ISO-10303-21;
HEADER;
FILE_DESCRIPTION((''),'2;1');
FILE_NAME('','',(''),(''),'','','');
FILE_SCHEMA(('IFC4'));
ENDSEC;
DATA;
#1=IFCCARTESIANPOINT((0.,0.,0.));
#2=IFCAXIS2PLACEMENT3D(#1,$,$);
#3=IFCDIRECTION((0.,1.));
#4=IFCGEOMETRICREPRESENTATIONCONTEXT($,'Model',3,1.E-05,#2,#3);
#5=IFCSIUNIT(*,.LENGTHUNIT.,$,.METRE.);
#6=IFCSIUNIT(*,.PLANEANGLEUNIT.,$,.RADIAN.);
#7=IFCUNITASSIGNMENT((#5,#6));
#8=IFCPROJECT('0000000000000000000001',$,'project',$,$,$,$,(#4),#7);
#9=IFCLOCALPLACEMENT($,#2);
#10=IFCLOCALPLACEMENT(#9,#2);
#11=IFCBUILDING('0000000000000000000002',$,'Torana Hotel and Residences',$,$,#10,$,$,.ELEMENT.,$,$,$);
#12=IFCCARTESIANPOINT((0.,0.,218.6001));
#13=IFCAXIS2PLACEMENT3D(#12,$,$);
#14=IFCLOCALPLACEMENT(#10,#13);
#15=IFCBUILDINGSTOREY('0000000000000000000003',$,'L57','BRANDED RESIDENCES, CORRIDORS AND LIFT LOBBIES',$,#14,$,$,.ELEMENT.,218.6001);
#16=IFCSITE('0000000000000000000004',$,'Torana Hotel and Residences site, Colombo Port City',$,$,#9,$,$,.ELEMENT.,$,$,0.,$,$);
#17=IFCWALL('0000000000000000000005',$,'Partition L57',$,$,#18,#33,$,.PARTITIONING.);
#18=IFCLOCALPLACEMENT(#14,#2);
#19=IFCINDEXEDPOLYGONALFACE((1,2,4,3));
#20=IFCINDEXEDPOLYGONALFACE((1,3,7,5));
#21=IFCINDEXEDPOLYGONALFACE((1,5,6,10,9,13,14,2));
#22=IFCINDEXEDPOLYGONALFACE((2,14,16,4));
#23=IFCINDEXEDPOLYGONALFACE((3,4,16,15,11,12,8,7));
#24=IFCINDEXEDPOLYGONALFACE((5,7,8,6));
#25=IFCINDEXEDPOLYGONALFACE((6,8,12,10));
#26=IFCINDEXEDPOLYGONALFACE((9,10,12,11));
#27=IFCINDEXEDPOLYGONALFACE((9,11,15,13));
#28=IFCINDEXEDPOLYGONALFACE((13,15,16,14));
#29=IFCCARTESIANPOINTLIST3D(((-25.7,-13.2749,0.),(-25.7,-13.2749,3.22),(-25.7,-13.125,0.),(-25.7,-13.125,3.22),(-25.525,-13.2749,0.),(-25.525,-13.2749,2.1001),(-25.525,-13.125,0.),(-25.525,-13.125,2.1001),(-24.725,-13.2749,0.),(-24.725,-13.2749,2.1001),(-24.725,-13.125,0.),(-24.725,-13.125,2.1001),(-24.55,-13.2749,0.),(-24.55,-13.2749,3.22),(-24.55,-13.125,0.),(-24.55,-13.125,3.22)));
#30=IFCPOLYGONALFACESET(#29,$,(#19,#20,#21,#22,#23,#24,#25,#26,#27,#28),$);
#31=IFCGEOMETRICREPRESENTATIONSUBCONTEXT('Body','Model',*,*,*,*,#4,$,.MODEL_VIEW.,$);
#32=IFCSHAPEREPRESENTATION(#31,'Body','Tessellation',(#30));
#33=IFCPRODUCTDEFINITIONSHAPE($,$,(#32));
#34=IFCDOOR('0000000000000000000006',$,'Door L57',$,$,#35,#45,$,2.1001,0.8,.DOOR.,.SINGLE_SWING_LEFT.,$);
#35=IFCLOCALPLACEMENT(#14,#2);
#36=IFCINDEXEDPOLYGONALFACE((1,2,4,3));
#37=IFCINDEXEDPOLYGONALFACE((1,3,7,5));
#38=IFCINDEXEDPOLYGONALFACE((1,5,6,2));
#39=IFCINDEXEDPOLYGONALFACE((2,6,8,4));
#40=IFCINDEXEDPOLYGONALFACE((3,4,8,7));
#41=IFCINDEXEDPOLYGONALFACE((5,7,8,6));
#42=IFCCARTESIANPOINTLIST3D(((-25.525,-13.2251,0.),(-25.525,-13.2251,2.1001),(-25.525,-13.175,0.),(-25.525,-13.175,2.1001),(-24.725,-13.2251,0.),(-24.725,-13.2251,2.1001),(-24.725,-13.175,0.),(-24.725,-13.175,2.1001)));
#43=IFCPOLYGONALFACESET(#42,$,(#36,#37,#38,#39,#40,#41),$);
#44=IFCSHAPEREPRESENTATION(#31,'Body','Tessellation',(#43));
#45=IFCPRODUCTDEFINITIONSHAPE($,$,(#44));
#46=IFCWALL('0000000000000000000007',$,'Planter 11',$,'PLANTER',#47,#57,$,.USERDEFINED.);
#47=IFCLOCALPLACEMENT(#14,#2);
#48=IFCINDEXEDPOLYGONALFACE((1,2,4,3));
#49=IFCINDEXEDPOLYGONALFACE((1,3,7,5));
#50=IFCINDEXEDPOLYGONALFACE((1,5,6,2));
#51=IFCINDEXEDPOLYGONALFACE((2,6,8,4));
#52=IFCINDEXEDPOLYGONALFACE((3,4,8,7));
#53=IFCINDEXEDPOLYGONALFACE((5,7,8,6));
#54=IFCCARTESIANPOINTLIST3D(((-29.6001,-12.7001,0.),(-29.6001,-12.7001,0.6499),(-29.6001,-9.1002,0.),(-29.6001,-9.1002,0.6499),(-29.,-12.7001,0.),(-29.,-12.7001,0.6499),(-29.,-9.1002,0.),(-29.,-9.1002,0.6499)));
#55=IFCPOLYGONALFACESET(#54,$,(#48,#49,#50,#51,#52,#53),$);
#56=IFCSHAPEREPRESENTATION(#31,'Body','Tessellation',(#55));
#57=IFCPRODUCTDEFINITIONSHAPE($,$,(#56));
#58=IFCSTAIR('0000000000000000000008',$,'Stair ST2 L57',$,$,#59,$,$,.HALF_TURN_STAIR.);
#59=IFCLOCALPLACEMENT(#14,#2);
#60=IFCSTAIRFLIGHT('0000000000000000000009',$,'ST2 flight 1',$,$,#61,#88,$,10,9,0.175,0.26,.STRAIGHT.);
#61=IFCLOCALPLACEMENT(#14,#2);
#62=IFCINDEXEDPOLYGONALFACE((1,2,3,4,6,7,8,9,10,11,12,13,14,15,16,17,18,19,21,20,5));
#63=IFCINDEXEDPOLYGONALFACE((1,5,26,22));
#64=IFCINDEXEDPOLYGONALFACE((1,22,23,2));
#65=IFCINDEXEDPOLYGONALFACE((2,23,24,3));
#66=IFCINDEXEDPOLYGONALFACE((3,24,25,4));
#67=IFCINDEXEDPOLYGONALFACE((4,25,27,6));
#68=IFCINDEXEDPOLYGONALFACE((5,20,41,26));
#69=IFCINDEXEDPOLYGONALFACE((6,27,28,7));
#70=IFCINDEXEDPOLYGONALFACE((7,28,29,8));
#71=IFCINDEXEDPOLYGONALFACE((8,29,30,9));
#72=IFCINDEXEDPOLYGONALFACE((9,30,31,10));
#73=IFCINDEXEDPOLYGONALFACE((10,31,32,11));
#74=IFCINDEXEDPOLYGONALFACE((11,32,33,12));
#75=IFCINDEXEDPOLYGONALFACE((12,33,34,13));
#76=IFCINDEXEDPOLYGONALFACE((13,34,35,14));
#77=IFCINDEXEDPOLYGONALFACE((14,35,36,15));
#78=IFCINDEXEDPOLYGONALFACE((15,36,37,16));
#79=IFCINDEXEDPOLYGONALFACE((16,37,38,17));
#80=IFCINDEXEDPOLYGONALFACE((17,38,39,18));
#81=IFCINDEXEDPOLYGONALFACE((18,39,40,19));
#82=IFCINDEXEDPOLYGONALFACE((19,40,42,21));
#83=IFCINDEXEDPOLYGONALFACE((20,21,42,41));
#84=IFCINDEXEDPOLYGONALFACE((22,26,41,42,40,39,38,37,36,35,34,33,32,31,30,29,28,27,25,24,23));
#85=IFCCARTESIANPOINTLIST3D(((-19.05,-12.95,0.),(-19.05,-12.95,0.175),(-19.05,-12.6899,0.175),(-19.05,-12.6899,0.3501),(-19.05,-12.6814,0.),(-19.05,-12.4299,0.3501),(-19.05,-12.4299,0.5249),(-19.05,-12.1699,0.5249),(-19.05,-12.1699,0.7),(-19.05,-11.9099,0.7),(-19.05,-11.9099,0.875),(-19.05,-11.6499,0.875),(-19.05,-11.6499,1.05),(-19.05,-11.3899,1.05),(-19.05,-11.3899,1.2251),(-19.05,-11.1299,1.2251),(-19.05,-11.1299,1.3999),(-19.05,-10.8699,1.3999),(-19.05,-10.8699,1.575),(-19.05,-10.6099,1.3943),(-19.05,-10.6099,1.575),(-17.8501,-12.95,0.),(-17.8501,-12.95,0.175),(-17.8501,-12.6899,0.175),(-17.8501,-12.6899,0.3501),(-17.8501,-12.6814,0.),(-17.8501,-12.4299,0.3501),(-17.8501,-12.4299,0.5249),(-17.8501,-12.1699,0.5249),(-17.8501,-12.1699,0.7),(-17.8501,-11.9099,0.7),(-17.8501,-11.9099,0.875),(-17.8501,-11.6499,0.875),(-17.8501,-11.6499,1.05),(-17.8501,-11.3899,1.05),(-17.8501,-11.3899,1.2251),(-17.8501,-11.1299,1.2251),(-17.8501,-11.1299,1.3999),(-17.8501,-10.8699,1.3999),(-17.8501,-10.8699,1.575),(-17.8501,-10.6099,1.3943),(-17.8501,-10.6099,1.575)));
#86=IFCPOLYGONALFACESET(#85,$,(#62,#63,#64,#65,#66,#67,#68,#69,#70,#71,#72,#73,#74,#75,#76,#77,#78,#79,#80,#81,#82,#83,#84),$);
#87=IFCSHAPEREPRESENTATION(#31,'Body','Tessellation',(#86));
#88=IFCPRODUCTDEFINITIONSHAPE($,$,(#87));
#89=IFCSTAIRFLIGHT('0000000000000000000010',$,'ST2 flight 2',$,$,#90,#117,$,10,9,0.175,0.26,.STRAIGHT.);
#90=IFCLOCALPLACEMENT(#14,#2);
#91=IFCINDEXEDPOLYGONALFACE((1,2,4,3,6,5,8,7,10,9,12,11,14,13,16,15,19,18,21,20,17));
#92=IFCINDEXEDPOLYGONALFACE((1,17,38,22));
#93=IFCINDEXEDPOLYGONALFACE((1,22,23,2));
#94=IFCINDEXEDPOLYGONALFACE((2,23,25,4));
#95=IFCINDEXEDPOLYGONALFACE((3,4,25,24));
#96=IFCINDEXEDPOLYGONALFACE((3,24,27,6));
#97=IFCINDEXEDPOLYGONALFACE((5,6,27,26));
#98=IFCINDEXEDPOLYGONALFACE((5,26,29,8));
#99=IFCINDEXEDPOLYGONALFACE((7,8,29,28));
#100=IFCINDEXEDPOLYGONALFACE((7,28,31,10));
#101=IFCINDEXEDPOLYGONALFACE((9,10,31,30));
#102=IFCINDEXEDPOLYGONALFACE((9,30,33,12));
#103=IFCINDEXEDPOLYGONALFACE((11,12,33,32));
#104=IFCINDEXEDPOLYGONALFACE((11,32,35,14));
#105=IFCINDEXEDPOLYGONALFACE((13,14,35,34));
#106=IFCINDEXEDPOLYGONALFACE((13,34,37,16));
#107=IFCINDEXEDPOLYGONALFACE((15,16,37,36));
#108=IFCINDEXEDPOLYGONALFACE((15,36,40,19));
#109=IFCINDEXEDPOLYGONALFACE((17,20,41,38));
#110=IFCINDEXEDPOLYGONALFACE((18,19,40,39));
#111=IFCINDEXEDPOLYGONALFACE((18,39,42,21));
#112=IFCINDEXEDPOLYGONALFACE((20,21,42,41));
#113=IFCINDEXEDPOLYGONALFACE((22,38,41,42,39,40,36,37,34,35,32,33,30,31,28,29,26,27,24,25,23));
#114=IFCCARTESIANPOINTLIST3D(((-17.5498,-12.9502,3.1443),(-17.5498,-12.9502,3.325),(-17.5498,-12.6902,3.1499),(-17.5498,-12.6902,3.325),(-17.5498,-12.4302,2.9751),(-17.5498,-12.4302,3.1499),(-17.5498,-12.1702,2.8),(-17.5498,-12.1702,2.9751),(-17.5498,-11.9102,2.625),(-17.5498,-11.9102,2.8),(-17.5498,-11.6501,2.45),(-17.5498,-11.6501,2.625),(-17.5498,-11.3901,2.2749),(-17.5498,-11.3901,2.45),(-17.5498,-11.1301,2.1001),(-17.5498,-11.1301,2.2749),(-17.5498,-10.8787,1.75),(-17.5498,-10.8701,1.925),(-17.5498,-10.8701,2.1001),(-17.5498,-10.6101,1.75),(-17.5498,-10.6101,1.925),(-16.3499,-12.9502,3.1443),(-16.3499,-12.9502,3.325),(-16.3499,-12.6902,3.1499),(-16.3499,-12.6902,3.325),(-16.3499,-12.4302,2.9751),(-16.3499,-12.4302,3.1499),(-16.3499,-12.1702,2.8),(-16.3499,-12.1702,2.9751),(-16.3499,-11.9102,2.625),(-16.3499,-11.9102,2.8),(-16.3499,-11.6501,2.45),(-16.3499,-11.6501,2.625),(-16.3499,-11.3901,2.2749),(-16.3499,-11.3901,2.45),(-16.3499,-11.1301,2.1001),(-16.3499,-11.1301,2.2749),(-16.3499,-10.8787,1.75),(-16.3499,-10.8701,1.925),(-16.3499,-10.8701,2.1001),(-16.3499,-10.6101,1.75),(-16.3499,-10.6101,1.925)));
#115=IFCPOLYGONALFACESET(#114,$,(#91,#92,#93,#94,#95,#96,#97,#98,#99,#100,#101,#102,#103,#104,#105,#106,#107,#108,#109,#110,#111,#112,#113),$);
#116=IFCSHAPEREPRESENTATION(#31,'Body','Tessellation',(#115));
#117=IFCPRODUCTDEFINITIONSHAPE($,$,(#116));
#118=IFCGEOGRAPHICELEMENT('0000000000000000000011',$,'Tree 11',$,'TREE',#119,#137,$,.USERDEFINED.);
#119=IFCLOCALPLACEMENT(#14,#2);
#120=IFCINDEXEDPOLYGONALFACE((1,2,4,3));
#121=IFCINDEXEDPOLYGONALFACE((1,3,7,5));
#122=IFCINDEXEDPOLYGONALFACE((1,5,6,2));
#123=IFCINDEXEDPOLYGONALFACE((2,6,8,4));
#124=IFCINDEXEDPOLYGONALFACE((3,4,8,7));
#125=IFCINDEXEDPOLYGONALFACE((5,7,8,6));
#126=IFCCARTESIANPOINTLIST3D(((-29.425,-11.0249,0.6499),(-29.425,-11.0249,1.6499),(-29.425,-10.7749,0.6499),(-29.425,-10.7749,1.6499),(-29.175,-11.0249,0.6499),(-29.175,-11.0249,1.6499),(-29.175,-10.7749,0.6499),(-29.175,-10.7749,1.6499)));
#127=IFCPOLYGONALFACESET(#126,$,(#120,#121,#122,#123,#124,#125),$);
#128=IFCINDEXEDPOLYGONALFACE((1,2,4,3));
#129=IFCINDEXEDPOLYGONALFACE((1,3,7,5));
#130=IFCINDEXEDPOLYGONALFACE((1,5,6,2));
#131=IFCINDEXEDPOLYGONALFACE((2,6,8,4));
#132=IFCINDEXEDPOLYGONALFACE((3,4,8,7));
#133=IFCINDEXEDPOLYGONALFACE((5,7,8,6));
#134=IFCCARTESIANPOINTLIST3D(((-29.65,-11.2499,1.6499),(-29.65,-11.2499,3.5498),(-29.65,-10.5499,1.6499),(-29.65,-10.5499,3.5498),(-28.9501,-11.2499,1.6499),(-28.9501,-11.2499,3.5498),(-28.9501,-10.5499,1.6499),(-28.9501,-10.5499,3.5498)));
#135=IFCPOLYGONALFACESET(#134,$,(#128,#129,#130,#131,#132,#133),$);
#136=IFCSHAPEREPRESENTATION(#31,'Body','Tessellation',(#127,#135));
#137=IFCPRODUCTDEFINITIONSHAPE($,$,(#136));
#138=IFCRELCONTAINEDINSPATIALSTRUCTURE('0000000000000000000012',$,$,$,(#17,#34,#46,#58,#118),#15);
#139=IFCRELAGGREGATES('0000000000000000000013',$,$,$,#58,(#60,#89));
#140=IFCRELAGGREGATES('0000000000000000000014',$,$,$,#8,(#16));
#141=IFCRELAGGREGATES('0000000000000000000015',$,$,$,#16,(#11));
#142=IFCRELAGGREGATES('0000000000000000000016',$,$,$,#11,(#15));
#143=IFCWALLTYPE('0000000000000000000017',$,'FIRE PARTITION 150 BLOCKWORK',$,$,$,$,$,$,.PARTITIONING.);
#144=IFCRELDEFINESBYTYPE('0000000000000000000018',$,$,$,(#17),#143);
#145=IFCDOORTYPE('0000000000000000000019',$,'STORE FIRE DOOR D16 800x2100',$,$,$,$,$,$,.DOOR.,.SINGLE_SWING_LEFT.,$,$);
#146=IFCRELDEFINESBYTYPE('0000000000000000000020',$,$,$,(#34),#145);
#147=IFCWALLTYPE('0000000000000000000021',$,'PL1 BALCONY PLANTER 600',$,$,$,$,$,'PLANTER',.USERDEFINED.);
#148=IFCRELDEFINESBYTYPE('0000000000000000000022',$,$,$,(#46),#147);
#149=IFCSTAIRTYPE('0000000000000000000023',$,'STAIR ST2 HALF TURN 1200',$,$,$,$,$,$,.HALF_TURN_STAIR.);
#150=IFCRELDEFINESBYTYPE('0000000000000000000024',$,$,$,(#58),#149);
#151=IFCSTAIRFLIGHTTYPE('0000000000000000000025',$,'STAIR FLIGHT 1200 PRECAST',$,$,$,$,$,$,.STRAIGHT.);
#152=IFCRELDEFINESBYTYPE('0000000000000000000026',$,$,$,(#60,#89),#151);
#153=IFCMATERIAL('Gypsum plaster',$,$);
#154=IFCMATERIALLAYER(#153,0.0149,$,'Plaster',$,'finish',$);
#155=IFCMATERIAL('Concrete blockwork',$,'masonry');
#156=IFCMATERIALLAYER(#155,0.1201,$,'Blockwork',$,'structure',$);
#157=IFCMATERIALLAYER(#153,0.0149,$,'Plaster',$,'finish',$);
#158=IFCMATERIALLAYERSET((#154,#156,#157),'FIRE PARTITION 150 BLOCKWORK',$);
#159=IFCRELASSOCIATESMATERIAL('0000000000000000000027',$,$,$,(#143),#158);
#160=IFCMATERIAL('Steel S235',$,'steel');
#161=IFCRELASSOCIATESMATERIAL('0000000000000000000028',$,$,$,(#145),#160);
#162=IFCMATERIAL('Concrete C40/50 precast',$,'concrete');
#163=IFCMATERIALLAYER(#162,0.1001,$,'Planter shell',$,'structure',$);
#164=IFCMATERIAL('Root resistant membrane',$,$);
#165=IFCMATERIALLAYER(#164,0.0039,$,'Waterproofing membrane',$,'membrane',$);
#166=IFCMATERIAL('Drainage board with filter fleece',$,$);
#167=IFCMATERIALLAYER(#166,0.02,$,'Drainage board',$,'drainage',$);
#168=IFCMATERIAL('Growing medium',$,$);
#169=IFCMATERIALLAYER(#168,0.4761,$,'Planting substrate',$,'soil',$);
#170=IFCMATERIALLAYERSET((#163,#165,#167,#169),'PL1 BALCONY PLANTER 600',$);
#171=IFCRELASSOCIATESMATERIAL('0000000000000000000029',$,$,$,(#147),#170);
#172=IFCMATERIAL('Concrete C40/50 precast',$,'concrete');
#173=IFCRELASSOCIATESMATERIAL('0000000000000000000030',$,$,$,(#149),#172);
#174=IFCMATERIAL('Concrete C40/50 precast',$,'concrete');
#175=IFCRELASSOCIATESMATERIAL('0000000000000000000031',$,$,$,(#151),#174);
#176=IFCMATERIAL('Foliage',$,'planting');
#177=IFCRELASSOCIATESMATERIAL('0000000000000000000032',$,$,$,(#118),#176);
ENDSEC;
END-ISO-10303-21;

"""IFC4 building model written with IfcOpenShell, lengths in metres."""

from ifc_helpers import new_model, si_unit, direction, frame, frame_2d, origin, origin_2d, place, context, subcontext, project, spatial, polyline, rectangle, outline, extrude, material, layer, layer_set, type_object, element, fill, aggregate, save


model = new_model("IFC4")

# Units and contexts
model_context = context("Model", 3, precision=1e-05, world=origin(), true_north=direction((0.0, 1.0)))
body_context = subcontext(model_context, "Body", "Model", "MODEL_VIEW")
ifc_project = project(units=[si_unit("LENGTHUNIT", "METRE"), si_unit("PLANEANGLEUNIT", "RADIAN")], contexts=[model_context])

# Site, building, storey
site_placement = place(None, origin())
site = spatial("IfcSite", under=ifc_project, at=site_placement, Name="Torana Hotel and Residences site, Colombo Port City", CompositionType="ELEMENT", RefElevation=0.0)
building_placement = place(site_placement, origin())
building = spatial("IfcBuilding", under=site, at=building_placement, Name="Torana Hotel and Residences", CompositionType="ELEMENT")
storey_placement = place(building_placement, frame((0.0, 0.0, 218.6001)))
storey = spatial("IfcBuildingStorey", under=building, at=storey_placement, Name="L57", Description="BRANDED RESIDENCES, CORRIDORS AND LIFT LOBBIES", CompositionType="ELEMENT", Elevation=218.6001)

# Wall, opening, door
ifc_material_1 = material(Name="Gypsum plaster")
ifc_layer_1 = layer(ifc_material_1, 0.0149, Name="Plaster", Category="finish")
ifc_material_2 = material(Name="Concrete blockwork", Category="masonry")
ifc_layer_2 = layer(ifc_material_2, 0.1201, Name="Blockwork", Category="structure")
ifc_layer_3 = layer(ifc_material_1, 0.0149, Name="Plaster", Category="finish")
ifc_layer_set_1 = layer_set([ifc_layer_1, ifc_layer_2, ifc_layer_3], Name="FIRE PARTITION 150 BLOCKWORK")
wall_type_1 = type_object("IfcWallType", Name="FIRE PARTITION 150 BLOCKWORK", PredefinedType="PARTITIONING", material=ifc_layer_set_1)
wall_1_placement = place(storey_placement, frame((-25.7, -13.2, 0.0), z_axis=(0.0, 0.0, 1.0), x_axis=(1.0, 0.0, 0.0)))
wall_1 = element("IfcWall", 1, at=wall_1_placement, inside=storey, type_object=wall_type_1, Name="Partition L57", PredefinedType="PARTITIONING", context=body_context, shape_type="SweptSolid", body=[
    extrude(rectangle(XDim=1.1499, YDim=0.1499, at=frame_2d((0.575, 0.0))), origin(), (0.0, 0.0, 1.0), 3.22),
])
opening_1_placement = place(wall_1_placement, frame((0.175, 0.0, 0.0)))
opening_1 = element("IfcOpeningElement", 2, at=opening_1_placement, cuts=wall_1, PredefinedType="OPENING", context=body_context, shape_type="SweptSolid", body=[
    extrude(rectangle(XDim=0.8, YDim=2.1001, at=frame_2d((0.3999, 1.05))), frame((0.0, 0.085, 0.0), z_axis=(0.0, -1.0, 0.0), x_axis=(1.0, 0.0, 0.0)), (0.0, 0.0, 1.0), 0.1699),
])
ifc_material_3 = material(Name="Steel S235", Category="steel")
door_type_1 = type_object("IfcDoorType", Name="STORE FIRE DOOR D16 800x2100", OperationType="SINGLE_SWING_LEFT", PredefinedType="DOOR", material=ifc_material_3)
door_1_placement = place(opening_1_placement, origin())
door_1 = element("IfcDoor", 3, at=door_1_placement, inside=storey, type_object=door_type_1, Name="Door L57", OperationType="SINGLE_SWING_LEFT", OverallHeight=2.1001, OverallWidth=0.8, PredefinedType="DOOR", context=body_context, shape_type="SweptSolid", body=[
    extrude(rectangle(XDim=0.8, YDim=2.1001, at=frame_2d((0.3999, 1.05))), frame((0.0, 0.0249, 0.0), z_axis=(0.0, -1.0, 0.0), x_axis=(1.0, 0.0, 0.0)), (0.0, 0.0, 1.0), 0.05),
])
fill(opening_1, door_1)

# Wall
ifc_material_4 = material(Name="Concrete C40/50 precast", Category="concrete")
ifc_layer_4 = layer(ifc_material_4, 0.1001, Name="Planter shell", Category="structure")
ifc_material_5 = material(Name="Root resistant membrane")
ifc_layer_5 = layer(ifc_material_5, 0.0039, Name="Waterproofing membrane", Category="membrane")
ifc_material_6 = material(Name="Drainage board with filter fleece")
ifc_layer_6 = layer(ifc_material_6, 0.02, Name="Drainage board", Category="drainage")
ifc_material_7 = material(Name="Growing medium")
ifc_layer_7 = layer(ifc_material_7, 0.4761, Name="Planting substrate", Category="soil")
ifc_layer_set_2 = layer_set([ifc_layer_4, ifc_layer_5, ifc_layer_6, ifc_layer_7], Name="PL1 BALCONY PLANTER 600")
wall_type_2 = type_object("IfcWallType", Name="PL1 BALCONY PLANTER 600", ElementType="PLANTER", PredefinedType="USERDEFINED", material=ifc_layer_set_2)
wall_2_placement = place(storey_placement, frame((-29.3, -12.7, 0.0), z_axis=(0.0, 0.0, 1.0), x_axis=(0.0, 1.0, 0.0)))
element("IfcWall", 4, at=wall_2_placement, inside=storey, type_object=wall_type_2, Name="Planter 11", ObjectType="PLANTER", PredefinedType="USERDEFINED", context=body_context, shape_type="SweptSolid", body=[
    extrude(rectangle(XDim=3.5999, YDim=0.6001, at=frame_2d((1.7998, 0.0))), origin(), (0.0, 0.0, 1.0), 0.6499),
])

# Stair, stair flights
ifc_material_8 = material(Name="Concrete C40/50 precast", Category="concrete")
stair_type = type_object("IfcStairType", Name="STAIR ST2 HALF TURN 1200", PredefinedType="HALF_TURN_STAIR", material=ifc_material_8)
stair_placement = place(storey_placement, origin())
stair = element("IfcStair", 5, at=stair_placement, inside=storey, type_object=stair_type, Name="Stair ST2 L57", PredefinedType="HALF_TURN_STAIR")
ifc_material_9 = material(Name="Concrete C40/50 precast", Category="concrete")
stair_flight_type = type_object("IfcStairFlightType", Name="STAIR FLIGHT 1200 PRECAST", PredefinedType="STRAIGHT", material=ifc_material_9)
stair_flight_1_placement = place(storey_placement, frame((-18.45, -12.95, 0.0), z_axis=(0.0, 0.0, 1.0), x_axis=(0.0, 1.0, 0.0)))
stair_flight_1 = element("IfcStairFlight", 6, at=stair_flight_1_placement, type_object=stair_flight_type, Name="ST2 flight 1", NumberOfRisers=10, NumberOfTreads=9, PredefinedType="STRAIGHT", RiserHeight=0.175, TreadLength=0.26, context=body_context, shape_type="SweptSolid", body=[
    extrude(outline(polyline([(0.0, 0.0), (0.0, 0.175), (0.26, 0.175), (0.26, 0.3501), (0.52, 0.3501), (0.52, 0.5249), (0.78, 0.5249), (0.78, 0.7), (1.04, 0.7), (1.04, 0.875), (1.3, 0.875), (1.3, 1.05), (1.5601, 1.05), (1.5601, 1.2251), (1.8201, 1.2251), (1.8201, 1.3999), (2.0801, 1.3999), (2.0801, 1.575), (2.3401, 1.575), (2.3401, 1.75), (2.3401, 1.3943), (0.2686, 0.0), (0.0, 0.0)])), frame((0.0, 0.6001, 0.0), z_axis=(0.0, -1.0, 0.0), x_axis=(1.0, 0.0, 0.0)), (0.0, 0.0, 1.0), 1.2),
])
stair_flight_2_placement = place(storey_placement, frame((-16.95, -10.6101, 1.75), z_axis=(0.0, 0.0, 1.0), x_axis=(0.0, -1.0, 0.0)))
stair_flight_2 = element("IfcStairFlight", 7, at=stair_flight_2_placement, type_object=stair_flight_type, Name="ST2 flight 2", NumberOfRisers=10, NumberOfTreads=9, PredefinedType="STRAIGHT", RiserHeight=0.175, TreadLength=0.26, context=body_context, shape_type="SweptSolid", body=[
    extrude(outline(polyline([(0.0, 0.0), (0.0, 0.175), (0.26, 0.175), (0.26, 0.3501), (0.52, 0.3501), (0.52, 0.5249), (0.78, 0.5249), (0.78, 0.7), (1.04, 0.7), (1.04, 0.875), (1.3, 0.875), (1.3, 1.05), (1.5601, 1.05), (1.5601, 1.2251), (1.8201, 1.2251), (1.8201, 1.3999), (2.0801, 1.3999), (2.0801, 1.575), (2.3401, 1.575), (2.3401, 1.75), (2.3401, 1.3943), (0.2686, 0.0), (0.0, 0.0)])), frame((0.0, 0.6001, 0.0), z_axis=(0.0, -1.0, 0.0), x_axis=(1.0, 0.0, 0.0)), (0.0, 0.0, 1.0), 1.2),
])
aggregate(stair, [stair_flight_1, stair_flight_2])

# Geographic element
ifc_material_10 = material(Name="Foliage", Category="planting")
geographic_element_placement = place(storey_placement, frame((-29.3, -10.8999, 0.6499), z_axis=(0.0, 0.0, 1.0), x_axis=(1.0, 0.0, 0.0)))
element("IfcGeographicElement", 8, at=geographic_element_placement, inside=storey, material=ifc_material_10, Name="Tree 11", ObjectType="TREE", PredefinedType="USERDEFINED", context=body_context, shape_type="SweptSolid", body=[
    extrude(rectangle(XDim=0.25, YDim=0.25, at=origin_2d()), origin(), (0.0, 0.0, 1.0), 1.0),
    extrude(rectangle(XDim=0.7, YDim=0.7, at=origin_2d()), frame((0.0, 0.0, 1.0)), (0.0, 0.0, 1.0), 1.8999),
])

save(model, "model.ifc")
